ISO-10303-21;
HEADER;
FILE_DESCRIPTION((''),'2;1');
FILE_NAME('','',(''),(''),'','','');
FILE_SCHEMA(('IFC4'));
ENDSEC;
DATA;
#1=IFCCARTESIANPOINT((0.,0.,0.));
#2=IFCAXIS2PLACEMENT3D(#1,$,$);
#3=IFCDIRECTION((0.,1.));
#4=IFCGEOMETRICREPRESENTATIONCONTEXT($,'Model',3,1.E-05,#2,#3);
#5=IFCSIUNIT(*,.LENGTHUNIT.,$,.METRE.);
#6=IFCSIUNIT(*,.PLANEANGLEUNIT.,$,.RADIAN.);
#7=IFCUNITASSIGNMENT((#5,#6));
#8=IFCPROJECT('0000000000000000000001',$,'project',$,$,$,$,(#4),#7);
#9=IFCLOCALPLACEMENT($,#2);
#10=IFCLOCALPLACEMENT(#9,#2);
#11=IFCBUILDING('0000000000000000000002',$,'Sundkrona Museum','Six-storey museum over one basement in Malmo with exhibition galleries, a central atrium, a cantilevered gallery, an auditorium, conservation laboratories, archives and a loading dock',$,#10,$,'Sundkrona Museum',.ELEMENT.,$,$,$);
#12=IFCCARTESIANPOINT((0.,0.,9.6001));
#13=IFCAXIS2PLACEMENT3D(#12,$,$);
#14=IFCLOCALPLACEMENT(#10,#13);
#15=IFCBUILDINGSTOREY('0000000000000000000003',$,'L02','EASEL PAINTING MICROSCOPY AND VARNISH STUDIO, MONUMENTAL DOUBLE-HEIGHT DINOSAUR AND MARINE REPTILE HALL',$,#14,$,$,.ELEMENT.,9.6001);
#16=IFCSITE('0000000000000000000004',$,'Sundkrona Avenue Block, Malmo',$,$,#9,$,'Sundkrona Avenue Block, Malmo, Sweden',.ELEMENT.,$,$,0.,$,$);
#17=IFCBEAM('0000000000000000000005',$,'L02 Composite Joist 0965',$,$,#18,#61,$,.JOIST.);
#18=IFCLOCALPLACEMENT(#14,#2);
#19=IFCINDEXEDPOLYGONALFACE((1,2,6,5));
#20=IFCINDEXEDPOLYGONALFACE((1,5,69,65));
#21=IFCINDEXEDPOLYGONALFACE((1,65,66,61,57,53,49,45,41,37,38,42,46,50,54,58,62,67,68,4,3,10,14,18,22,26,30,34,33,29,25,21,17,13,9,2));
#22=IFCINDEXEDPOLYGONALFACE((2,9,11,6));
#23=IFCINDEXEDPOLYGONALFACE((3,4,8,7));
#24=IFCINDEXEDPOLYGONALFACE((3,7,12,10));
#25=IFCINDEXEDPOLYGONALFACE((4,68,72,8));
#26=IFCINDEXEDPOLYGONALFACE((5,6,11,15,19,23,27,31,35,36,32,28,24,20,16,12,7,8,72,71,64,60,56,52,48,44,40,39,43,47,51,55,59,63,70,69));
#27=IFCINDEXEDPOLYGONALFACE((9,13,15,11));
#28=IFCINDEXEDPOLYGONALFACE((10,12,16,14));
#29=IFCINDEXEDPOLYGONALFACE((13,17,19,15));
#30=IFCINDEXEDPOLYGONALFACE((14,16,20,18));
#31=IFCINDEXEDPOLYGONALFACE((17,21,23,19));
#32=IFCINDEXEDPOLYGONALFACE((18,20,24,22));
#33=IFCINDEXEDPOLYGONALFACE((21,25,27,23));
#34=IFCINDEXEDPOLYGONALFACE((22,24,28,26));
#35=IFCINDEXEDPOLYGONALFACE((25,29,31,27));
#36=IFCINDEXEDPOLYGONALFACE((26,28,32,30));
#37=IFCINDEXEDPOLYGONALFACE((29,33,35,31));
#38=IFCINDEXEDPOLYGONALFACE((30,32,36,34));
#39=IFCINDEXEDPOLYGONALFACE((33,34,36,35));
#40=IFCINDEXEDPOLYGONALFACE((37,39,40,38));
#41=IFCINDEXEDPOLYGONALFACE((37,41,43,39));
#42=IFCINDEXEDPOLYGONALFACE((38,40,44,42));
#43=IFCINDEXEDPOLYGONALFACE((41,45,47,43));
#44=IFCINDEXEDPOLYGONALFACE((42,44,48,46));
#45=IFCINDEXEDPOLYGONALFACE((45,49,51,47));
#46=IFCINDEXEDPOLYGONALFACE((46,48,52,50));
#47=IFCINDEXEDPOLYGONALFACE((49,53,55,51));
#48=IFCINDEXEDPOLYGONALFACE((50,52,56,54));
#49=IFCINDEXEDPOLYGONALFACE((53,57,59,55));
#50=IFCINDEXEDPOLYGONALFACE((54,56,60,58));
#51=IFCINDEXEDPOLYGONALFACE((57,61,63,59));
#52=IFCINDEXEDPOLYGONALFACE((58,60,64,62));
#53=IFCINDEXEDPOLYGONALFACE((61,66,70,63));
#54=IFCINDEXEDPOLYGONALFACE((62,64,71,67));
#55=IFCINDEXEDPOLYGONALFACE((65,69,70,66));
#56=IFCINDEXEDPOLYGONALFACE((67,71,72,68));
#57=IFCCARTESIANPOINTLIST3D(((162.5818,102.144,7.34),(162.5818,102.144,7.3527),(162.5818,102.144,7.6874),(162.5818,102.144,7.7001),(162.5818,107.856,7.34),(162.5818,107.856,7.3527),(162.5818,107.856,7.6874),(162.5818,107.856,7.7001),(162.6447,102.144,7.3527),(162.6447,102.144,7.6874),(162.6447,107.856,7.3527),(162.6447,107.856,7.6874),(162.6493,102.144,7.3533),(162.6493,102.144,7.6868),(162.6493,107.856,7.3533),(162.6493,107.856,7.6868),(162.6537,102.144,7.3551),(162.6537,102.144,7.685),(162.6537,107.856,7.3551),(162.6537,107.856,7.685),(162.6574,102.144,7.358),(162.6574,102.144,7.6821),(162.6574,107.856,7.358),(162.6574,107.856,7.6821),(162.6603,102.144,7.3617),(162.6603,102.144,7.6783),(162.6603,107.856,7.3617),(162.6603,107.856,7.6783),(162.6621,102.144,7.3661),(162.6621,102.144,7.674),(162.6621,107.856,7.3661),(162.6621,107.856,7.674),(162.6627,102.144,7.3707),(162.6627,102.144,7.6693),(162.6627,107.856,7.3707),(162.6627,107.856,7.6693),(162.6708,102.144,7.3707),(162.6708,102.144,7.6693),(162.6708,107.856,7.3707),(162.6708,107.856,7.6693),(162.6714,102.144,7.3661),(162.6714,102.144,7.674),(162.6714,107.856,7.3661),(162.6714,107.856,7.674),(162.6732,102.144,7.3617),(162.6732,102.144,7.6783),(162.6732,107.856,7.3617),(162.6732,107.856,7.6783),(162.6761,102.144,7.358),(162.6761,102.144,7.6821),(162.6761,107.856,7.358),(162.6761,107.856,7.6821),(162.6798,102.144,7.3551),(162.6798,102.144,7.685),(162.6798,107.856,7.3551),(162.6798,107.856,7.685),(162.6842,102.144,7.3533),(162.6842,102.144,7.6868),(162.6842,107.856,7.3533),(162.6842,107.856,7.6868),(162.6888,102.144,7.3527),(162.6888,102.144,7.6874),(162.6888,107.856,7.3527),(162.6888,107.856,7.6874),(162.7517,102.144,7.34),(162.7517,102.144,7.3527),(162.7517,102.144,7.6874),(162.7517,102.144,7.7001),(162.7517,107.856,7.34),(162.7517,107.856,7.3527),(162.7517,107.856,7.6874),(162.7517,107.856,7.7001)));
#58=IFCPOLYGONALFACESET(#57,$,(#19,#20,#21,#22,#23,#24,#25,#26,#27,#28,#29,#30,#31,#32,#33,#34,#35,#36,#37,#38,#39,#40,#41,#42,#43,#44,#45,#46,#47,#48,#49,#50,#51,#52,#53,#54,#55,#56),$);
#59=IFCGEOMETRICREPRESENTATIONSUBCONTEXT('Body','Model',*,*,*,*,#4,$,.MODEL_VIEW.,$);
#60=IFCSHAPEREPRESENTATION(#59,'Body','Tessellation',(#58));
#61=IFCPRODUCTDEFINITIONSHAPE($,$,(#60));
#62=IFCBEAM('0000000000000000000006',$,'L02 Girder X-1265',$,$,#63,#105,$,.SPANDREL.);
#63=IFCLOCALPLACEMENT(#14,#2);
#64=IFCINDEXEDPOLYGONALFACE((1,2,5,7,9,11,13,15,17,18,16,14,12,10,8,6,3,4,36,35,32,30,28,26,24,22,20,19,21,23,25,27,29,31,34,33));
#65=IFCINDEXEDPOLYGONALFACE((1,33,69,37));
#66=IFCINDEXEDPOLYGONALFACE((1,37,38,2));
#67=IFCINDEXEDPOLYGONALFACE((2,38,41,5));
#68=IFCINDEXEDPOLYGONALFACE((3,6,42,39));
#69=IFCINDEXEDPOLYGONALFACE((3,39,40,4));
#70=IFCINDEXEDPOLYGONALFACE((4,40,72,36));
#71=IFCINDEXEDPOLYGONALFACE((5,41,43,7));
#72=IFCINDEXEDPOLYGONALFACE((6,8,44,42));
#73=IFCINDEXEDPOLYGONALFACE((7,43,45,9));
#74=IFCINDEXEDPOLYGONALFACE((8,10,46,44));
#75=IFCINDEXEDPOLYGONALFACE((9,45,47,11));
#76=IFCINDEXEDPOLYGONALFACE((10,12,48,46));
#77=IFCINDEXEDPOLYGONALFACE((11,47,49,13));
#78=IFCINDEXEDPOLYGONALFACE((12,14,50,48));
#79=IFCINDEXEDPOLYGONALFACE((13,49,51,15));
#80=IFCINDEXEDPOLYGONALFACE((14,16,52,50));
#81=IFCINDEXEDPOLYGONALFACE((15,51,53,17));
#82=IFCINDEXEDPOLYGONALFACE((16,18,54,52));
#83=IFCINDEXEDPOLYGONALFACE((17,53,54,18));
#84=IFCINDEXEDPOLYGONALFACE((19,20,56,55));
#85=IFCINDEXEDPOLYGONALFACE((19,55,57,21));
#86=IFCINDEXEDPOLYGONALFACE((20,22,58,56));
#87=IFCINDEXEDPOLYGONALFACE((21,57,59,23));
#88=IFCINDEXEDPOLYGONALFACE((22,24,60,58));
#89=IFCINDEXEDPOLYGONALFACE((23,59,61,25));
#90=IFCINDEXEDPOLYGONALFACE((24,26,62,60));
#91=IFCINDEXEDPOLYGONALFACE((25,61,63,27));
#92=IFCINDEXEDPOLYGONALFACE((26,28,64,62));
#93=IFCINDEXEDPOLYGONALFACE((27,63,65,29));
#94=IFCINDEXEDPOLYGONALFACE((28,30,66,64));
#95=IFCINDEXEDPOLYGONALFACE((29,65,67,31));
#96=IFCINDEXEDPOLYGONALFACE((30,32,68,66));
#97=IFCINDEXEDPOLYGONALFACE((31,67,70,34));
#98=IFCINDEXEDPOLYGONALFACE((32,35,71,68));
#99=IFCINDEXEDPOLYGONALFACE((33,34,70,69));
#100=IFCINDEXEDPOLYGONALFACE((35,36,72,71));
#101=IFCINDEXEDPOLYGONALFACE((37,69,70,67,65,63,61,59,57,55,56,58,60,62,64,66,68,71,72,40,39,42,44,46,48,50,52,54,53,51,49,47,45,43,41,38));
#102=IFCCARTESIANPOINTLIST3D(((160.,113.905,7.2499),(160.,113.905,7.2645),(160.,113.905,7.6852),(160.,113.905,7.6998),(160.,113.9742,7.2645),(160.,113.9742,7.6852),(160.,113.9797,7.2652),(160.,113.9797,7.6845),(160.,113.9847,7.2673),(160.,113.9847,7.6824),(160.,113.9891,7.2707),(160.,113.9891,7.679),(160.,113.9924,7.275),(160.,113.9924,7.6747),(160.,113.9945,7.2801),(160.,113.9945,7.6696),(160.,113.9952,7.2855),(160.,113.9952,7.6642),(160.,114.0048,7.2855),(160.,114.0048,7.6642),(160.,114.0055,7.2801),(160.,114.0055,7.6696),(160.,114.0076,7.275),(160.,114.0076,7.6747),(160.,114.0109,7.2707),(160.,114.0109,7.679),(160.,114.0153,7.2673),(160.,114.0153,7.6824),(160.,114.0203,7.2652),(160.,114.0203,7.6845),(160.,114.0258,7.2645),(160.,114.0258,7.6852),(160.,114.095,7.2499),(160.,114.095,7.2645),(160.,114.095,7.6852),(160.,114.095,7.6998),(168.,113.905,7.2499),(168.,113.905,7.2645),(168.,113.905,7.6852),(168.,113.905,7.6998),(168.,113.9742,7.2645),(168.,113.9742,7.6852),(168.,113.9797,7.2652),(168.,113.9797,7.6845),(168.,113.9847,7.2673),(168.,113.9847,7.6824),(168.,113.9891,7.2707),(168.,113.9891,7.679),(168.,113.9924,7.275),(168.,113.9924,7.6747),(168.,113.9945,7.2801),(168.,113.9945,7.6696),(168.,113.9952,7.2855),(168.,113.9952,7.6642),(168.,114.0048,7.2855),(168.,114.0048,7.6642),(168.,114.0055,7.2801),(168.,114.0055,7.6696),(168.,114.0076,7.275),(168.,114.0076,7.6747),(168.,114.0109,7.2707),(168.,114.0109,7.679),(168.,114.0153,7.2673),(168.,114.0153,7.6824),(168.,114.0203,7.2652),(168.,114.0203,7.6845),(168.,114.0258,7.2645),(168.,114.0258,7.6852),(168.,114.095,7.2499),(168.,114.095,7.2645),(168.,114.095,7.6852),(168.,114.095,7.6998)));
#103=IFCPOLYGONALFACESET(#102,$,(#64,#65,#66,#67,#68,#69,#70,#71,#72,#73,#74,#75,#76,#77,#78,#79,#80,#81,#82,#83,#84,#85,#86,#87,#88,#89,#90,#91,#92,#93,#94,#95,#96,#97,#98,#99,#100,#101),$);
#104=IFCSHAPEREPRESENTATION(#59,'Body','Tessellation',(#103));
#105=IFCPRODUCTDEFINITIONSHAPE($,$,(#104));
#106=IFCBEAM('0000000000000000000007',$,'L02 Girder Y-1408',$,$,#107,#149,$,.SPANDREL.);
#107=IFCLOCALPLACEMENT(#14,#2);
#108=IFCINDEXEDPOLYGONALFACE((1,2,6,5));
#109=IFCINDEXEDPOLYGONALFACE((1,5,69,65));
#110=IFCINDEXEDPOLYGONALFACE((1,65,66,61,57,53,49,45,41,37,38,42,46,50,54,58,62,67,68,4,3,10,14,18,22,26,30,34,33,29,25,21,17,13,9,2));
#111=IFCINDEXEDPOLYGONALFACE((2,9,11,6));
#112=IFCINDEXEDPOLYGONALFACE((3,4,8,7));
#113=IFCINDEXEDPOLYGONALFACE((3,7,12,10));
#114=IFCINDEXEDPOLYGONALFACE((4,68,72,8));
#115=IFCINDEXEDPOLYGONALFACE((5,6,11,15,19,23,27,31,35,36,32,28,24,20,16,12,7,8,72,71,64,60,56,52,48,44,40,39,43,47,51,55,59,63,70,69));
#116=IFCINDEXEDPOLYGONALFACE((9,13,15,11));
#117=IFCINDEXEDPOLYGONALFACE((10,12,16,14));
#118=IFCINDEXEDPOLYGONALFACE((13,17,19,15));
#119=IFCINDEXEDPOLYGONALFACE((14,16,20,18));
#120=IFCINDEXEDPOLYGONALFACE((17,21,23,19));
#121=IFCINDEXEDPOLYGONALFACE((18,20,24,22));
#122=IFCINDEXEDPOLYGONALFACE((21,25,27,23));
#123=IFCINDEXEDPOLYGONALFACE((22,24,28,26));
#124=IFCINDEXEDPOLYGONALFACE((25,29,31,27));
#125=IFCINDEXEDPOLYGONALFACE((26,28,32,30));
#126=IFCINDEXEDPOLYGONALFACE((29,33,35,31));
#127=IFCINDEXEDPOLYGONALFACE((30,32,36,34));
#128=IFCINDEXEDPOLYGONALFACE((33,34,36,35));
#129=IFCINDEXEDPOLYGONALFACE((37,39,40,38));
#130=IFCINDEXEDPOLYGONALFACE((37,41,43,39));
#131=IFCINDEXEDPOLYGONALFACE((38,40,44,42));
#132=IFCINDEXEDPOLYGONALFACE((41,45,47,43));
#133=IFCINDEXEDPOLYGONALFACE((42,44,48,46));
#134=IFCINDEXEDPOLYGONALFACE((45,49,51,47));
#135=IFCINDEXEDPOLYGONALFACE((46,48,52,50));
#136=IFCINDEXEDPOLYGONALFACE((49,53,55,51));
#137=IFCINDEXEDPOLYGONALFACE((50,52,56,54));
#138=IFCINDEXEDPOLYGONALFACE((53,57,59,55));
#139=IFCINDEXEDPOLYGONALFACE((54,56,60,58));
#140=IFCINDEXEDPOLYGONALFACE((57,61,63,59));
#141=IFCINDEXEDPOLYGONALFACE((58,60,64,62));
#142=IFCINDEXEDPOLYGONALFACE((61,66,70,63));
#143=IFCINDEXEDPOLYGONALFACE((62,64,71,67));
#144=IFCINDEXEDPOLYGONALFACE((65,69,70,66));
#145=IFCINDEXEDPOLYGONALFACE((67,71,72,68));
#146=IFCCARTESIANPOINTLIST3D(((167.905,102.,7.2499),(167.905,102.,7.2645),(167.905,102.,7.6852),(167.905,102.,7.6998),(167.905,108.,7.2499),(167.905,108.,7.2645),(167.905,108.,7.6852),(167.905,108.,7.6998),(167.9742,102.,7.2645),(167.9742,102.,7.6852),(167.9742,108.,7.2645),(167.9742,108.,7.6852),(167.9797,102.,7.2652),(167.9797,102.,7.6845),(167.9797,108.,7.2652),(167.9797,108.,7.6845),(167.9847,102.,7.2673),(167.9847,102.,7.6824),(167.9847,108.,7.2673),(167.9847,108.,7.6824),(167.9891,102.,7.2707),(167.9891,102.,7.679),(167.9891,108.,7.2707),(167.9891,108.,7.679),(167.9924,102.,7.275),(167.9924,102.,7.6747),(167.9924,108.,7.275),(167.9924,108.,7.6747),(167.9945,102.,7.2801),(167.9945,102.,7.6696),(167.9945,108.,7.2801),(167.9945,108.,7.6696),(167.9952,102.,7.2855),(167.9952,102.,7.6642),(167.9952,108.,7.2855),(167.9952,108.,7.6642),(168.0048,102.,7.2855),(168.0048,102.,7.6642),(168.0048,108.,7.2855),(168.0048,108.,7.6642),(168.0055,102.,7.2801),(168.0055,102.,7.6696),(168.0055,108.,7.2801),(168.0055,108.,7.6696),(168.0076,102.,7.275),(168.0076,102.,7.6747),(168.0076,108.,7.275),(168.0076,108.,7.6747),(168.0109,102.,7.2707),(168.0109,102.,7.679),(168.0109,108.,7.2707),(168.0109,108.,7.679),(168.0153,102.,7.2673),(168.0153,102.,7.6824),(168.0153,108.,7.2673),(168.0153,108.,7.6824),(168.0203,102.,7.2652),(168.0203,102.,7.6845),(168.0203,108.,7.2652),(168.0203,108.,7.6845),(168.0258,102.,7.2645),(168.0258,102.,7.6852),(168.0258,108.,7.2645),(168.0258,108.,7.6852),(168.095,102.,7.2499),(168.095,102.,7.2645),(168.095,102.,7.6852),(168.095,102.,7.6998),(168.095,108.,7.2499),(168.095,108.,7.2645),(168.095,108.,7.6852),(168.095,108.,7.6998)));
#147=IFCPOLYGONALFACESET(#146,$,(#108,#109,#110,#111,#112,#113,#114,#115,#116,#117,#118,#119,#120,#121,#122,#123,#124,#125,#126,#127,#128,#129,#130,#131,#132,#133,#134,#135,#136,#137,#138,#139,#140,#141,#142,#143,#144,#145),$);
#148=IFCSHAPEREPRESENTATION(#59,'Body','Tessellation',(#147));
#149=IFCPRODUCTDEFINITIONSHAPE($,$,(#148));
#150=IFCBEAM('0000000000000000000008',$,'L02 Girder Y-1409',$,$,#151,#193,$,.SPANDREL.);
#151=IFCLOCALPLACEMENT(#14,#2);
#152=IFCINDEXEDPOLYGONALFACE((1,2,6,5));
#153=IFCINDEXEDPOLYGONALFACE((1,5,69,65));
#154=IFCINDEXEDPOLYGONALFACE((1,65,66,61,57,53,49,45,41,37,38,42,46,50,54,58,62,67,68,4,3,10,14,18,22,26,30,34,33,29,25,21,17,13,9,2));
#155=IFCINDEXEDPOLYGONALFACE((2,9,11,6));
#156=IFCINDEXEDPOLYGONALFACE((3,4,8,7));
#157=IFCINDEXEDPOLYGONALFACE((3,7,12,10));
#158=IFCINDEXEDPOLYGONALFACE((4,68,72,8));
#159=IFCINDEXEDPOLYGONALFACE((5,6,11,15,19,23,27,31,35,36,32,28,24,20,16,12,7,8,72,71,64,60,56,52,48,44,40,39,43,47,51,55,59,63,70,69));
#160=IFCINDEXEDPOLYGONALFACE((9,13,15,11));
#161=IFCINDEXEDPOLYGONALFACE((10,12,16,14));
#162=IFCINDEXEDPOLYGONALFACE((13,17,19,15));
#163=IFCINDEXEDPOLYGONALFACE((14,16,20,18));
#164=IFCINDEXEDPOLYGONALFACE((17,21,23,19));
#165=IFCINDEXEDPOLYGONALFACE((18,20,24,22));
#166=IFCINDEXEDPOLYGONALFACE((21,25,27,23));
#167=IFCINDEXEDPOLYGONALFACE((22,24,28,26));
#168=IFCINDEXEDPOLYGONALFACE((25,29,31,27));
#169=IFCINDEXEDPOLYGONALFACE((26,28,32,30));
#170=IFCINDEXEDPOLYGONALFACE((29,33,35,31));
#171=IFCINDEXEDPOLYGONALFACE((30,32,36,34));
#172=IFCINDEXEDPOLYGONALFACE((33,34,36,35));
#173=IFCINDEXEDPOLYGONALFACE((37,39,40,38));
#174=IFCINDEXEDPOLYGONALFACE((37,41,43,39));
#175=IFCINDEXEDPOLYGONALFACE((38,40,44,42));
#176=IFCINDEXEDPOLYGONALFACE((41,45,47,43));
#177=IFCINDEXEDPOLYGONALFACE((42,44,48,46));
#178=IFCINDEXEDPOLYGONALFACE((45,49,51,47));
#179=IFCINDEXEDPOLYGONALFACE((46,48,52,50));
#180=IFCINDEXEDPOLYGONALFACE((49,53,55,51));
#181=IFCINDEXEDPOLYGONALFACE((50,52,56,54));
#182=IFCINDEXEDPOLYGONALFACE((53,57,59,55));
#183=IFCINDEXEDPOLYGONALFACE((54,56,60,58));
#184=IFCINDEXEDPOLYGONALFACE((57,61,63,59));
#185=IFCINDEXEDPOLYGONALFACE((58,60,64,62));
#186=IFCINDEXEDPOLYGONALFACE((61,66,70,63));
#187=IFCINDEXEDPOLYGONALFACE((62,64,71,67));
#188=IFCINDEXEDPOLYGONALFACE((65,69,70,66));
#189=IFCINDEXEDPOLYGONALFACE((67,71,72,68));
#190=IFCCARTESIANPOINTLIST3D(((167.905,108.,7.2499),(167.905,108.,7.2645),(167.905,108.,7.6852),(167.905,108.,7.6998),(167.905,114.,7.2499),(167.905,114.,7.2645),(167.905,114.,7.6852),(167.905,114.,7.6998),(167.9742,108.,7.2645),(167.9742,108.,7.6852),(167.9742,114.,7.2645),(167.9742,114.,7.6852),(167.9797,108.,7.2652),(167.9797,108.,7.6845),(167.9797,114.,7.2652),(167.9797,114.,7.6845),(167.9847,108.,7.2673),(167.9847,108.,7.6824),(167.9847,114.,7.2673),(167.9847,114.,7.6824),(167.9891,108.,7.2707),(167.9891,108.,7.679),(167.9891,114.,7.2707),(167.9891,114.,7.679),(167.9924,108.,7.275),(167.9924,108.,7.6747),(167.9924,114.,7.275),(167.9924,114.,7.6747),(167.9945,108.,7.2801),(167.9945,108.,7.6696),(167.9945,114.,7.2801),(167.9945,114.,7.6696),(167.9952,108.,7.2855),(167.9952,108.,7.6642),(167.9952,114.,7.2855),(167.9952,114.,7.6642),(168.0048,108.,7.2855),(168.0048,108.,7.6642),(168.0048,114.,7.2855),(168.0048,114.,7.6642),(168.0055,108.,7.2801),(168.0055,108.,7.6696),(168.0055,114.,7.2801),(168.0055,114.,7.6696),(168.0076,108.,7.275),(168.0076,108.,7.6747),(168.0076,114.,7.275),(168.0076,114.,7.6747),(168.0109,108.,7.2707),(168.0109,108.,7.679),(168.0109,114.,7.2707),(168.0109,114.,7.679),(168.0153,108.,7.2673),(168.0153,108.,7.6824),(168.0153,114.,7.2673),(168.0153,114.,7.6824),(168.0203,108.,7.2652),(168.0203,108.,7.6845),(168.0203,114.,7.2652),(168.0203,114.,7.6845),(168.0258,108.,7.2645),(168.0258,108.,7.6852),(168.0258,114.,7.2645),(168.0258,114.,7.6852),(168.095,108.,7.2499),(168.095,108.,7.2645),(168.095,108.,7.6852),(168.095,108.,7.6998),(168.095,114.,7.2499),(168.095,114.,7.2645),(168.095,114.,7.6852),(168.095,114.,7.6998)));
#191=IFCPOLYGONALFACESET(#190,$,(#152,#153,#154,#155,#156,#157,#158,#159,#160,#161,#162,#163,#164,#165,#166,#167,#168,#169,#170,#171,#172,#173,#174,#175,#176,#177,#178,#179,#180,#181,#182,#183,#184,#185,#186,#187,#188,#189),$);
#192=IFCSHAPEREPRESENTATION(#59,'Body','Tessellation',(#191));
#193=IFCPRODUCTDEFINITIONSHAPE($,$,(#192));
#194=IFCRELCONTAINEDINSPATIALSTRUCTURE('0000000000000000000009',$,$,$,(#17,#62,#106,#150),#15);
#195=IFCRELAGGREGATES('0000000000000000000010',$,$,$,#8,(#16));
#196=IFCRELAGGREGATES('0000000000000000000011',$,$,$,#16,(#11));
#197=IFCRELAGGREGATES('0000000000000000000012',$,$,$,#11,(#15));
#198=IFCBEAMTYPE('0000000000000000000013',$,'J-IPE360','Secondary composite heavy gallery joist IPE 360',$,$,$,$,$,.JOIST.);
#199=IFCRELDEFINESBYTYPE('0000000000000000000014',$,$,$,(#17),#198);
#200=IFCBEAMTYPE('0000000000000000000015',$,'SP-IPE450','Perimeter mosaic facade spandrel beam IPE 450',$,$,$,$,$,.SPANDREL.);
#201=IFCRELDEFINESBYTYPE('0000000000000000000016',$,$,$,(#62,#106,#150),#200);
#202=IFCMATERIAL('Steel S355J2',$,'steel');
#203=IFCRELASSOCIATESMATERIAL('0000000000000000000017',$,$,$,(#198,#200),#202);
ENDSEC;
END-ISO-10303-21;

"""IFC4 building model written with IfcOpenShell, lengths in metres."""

from ifc_helpers import new_model, si_unit, direction, frame, origin, origin_2d, place, context, subcontext, project, spatial, i_section, extrude, material, material_profile, profile_set, type_object, element, save


model = new_model("IFC4")

# Units and contexts
model_context = context("Model", 3, precision=1e-05, world=origin(), true_north=direction((0.0, 1.0)))
body_context = subcontext(model_context, "Body", "Model", "MODEL_VIEW")
ifc_project = project(units=[si_unit("LENGTHUNIT", "METRE"), si_unit("PLANEANGLEUNIT", "RADIAN")], contexts=[model_context])

# Site, building, storey
site_placement = place(None, origin())
site = spatial("IfcSite", under=ifc_project, at=site_placement, Name="Sundkrona Avenue Block, Malmo", LongName="Sundkrona Avenue Block, Malmo, Sweden", CompositionType="ELEMENT", RefElevation=0.0)
building_placement = place(site_placement, origin())
building = spatial("IfcBuilding", under=site, at=building_placement, Name="Sundkrona Museum", Description="Six-storey museum over one basement in Malmo with exhibition galleries, a central atrium, a cantilevered gallery, an auditorium, conservation laboratories, archives and a loading dock", LongName="Sundkrona Museum", CompositionType="ELEMENT")
storey_placement = place(building_placement, frame((0.0, 0.0, 9.6001)))
storey = spatial("IfcBuildingStorey", under=building, at=storey_placement, Name="L02", Description="EASEL PAINTING MICROSCOPY AND VARNISH STUDIO, MONUMENTAL DOUBLE-HEIGHT DINOSAUR AND MARINE REPTILE HALL", CompositionType="ELEMENT", Elevation=9.6001)

# Shared definitions
ifc_material_1 = material(Name="Steel S355J2", Category="steel")

# Beams
ifc_material_profile_1 = material_profile(ifc_material_1, i_section(OverallWidth=0.1699, OverallDepth=0.3601, WebThickness=0.0081, FlangeThickness=0.0127, FilletRadius=0.0181, at=origin_2d()), Name="IPE 360")
ifc_profile_set_1 = profile_set([ifc_material_profile_1], Name="Steel S355J2")
beam_type_1 = type_object("IfcBeamType", Name="J-IPE360", Description="Secondary composite heavy gallery joist IPE 360", PredefinedType="JOIST", material=ifc_profile_set_1)
beam_1_placement = place(storey_placement, frame((162.6667, 102.144, 7.52), z_axis=(0.0, 1.0, 0.0), x_axis=(-1.0, 0.0, 0.0)))
element("IfcBeam", 1, at=beam_1_placement, inside=storey, type_object=beam_type_1, Name="L02 Composite Joist 0965", PredefinedType="JOIST", context=body_context, shape_type="SweptSolid", body=[
    extrude(i_section(OverallWidth=0.1699, OverallDepth=0.3601, WebThickness=0.0081, FlangeThickness=0.0127, FilletRadius=0.0181, at=origin_2d()), origin(), (0.0, 0.0, 1.0), 5.7119),
])
ifc_material_profile_2 = material_profile(ifc_material_1, i_section(OverallWidth=0.1899, OverallDepth=0.45, WebThickness=0.0095, FlangeThickness=0.0146, FilletRadius=0.021, at=origin_2d()), Name="IPE 450")
ifc_profile_set_2 = profile_set([ifc_material_profile_2], Name="Steel S355J2")
beam_type_2 = type_object("IfcBeamType", Name="SP-IPE450", Description="Perimeter mosaic facade spandrel beam IPE 450", PredefinedType="SPANDREL", material=ifc_profile_set_2)
beam_2_placement = place(storey_placement, frame((160.0, 114.0, 7.4749), z_axis=(1.0, 0.0, 0.0), x_axis=(0.0, 1.0, 0.0)))
element("IfcBeam", 2, at=beam_2_placement, inside=storey, type_object=beam_type_2, Name="L02 Girder X-1265", PredefinedType="SPANDREL", context=body_context, shape_type="SweptSolid", body=[
    extrude(i_section(OverallWidth=0.1899, OverallDepth=0.45, WebThickness=0.0095, FlangeThickness=0.0146, FilletRadius=0.021, at=origin_2d()), origin(), (0.0, 0.0, 1.0), 8.0),
])
for number, where, z_axis, x_axis, name in (
    (3, (168.0, 102.0, 7.4749), (0.0, 1.0, 0.0), (-1.0, 0.0, 0.0), "L02 Girder Y-1408"),
    (4, (168.0, 108.0, 7.4749), (0.0, 1.0, 0.0), (-1.0, 0.0, 0.0), "L02 Girder Y-1409"),
):
    element("IfcBeam", number, at=place(storey_placement, frame(where, z_axis=z_axis, x_axis=x_axis)), inside=storey, type_object=beam_type_2, Name=name, PredefinedType="SPANDREL", context=body_context, shape_type="SweptSolid", body=[
        extrude(i_section(OverallWidth=0.1899, OverallDepth=0.45, WebThickness=0.0095, FlangeThickness=0.0146, FilletRadius=0.021, at=origin_2d()), origin(), (0.0, 0.0, 1.0), 6.0),
    ])

save(model, "model.ifc")
